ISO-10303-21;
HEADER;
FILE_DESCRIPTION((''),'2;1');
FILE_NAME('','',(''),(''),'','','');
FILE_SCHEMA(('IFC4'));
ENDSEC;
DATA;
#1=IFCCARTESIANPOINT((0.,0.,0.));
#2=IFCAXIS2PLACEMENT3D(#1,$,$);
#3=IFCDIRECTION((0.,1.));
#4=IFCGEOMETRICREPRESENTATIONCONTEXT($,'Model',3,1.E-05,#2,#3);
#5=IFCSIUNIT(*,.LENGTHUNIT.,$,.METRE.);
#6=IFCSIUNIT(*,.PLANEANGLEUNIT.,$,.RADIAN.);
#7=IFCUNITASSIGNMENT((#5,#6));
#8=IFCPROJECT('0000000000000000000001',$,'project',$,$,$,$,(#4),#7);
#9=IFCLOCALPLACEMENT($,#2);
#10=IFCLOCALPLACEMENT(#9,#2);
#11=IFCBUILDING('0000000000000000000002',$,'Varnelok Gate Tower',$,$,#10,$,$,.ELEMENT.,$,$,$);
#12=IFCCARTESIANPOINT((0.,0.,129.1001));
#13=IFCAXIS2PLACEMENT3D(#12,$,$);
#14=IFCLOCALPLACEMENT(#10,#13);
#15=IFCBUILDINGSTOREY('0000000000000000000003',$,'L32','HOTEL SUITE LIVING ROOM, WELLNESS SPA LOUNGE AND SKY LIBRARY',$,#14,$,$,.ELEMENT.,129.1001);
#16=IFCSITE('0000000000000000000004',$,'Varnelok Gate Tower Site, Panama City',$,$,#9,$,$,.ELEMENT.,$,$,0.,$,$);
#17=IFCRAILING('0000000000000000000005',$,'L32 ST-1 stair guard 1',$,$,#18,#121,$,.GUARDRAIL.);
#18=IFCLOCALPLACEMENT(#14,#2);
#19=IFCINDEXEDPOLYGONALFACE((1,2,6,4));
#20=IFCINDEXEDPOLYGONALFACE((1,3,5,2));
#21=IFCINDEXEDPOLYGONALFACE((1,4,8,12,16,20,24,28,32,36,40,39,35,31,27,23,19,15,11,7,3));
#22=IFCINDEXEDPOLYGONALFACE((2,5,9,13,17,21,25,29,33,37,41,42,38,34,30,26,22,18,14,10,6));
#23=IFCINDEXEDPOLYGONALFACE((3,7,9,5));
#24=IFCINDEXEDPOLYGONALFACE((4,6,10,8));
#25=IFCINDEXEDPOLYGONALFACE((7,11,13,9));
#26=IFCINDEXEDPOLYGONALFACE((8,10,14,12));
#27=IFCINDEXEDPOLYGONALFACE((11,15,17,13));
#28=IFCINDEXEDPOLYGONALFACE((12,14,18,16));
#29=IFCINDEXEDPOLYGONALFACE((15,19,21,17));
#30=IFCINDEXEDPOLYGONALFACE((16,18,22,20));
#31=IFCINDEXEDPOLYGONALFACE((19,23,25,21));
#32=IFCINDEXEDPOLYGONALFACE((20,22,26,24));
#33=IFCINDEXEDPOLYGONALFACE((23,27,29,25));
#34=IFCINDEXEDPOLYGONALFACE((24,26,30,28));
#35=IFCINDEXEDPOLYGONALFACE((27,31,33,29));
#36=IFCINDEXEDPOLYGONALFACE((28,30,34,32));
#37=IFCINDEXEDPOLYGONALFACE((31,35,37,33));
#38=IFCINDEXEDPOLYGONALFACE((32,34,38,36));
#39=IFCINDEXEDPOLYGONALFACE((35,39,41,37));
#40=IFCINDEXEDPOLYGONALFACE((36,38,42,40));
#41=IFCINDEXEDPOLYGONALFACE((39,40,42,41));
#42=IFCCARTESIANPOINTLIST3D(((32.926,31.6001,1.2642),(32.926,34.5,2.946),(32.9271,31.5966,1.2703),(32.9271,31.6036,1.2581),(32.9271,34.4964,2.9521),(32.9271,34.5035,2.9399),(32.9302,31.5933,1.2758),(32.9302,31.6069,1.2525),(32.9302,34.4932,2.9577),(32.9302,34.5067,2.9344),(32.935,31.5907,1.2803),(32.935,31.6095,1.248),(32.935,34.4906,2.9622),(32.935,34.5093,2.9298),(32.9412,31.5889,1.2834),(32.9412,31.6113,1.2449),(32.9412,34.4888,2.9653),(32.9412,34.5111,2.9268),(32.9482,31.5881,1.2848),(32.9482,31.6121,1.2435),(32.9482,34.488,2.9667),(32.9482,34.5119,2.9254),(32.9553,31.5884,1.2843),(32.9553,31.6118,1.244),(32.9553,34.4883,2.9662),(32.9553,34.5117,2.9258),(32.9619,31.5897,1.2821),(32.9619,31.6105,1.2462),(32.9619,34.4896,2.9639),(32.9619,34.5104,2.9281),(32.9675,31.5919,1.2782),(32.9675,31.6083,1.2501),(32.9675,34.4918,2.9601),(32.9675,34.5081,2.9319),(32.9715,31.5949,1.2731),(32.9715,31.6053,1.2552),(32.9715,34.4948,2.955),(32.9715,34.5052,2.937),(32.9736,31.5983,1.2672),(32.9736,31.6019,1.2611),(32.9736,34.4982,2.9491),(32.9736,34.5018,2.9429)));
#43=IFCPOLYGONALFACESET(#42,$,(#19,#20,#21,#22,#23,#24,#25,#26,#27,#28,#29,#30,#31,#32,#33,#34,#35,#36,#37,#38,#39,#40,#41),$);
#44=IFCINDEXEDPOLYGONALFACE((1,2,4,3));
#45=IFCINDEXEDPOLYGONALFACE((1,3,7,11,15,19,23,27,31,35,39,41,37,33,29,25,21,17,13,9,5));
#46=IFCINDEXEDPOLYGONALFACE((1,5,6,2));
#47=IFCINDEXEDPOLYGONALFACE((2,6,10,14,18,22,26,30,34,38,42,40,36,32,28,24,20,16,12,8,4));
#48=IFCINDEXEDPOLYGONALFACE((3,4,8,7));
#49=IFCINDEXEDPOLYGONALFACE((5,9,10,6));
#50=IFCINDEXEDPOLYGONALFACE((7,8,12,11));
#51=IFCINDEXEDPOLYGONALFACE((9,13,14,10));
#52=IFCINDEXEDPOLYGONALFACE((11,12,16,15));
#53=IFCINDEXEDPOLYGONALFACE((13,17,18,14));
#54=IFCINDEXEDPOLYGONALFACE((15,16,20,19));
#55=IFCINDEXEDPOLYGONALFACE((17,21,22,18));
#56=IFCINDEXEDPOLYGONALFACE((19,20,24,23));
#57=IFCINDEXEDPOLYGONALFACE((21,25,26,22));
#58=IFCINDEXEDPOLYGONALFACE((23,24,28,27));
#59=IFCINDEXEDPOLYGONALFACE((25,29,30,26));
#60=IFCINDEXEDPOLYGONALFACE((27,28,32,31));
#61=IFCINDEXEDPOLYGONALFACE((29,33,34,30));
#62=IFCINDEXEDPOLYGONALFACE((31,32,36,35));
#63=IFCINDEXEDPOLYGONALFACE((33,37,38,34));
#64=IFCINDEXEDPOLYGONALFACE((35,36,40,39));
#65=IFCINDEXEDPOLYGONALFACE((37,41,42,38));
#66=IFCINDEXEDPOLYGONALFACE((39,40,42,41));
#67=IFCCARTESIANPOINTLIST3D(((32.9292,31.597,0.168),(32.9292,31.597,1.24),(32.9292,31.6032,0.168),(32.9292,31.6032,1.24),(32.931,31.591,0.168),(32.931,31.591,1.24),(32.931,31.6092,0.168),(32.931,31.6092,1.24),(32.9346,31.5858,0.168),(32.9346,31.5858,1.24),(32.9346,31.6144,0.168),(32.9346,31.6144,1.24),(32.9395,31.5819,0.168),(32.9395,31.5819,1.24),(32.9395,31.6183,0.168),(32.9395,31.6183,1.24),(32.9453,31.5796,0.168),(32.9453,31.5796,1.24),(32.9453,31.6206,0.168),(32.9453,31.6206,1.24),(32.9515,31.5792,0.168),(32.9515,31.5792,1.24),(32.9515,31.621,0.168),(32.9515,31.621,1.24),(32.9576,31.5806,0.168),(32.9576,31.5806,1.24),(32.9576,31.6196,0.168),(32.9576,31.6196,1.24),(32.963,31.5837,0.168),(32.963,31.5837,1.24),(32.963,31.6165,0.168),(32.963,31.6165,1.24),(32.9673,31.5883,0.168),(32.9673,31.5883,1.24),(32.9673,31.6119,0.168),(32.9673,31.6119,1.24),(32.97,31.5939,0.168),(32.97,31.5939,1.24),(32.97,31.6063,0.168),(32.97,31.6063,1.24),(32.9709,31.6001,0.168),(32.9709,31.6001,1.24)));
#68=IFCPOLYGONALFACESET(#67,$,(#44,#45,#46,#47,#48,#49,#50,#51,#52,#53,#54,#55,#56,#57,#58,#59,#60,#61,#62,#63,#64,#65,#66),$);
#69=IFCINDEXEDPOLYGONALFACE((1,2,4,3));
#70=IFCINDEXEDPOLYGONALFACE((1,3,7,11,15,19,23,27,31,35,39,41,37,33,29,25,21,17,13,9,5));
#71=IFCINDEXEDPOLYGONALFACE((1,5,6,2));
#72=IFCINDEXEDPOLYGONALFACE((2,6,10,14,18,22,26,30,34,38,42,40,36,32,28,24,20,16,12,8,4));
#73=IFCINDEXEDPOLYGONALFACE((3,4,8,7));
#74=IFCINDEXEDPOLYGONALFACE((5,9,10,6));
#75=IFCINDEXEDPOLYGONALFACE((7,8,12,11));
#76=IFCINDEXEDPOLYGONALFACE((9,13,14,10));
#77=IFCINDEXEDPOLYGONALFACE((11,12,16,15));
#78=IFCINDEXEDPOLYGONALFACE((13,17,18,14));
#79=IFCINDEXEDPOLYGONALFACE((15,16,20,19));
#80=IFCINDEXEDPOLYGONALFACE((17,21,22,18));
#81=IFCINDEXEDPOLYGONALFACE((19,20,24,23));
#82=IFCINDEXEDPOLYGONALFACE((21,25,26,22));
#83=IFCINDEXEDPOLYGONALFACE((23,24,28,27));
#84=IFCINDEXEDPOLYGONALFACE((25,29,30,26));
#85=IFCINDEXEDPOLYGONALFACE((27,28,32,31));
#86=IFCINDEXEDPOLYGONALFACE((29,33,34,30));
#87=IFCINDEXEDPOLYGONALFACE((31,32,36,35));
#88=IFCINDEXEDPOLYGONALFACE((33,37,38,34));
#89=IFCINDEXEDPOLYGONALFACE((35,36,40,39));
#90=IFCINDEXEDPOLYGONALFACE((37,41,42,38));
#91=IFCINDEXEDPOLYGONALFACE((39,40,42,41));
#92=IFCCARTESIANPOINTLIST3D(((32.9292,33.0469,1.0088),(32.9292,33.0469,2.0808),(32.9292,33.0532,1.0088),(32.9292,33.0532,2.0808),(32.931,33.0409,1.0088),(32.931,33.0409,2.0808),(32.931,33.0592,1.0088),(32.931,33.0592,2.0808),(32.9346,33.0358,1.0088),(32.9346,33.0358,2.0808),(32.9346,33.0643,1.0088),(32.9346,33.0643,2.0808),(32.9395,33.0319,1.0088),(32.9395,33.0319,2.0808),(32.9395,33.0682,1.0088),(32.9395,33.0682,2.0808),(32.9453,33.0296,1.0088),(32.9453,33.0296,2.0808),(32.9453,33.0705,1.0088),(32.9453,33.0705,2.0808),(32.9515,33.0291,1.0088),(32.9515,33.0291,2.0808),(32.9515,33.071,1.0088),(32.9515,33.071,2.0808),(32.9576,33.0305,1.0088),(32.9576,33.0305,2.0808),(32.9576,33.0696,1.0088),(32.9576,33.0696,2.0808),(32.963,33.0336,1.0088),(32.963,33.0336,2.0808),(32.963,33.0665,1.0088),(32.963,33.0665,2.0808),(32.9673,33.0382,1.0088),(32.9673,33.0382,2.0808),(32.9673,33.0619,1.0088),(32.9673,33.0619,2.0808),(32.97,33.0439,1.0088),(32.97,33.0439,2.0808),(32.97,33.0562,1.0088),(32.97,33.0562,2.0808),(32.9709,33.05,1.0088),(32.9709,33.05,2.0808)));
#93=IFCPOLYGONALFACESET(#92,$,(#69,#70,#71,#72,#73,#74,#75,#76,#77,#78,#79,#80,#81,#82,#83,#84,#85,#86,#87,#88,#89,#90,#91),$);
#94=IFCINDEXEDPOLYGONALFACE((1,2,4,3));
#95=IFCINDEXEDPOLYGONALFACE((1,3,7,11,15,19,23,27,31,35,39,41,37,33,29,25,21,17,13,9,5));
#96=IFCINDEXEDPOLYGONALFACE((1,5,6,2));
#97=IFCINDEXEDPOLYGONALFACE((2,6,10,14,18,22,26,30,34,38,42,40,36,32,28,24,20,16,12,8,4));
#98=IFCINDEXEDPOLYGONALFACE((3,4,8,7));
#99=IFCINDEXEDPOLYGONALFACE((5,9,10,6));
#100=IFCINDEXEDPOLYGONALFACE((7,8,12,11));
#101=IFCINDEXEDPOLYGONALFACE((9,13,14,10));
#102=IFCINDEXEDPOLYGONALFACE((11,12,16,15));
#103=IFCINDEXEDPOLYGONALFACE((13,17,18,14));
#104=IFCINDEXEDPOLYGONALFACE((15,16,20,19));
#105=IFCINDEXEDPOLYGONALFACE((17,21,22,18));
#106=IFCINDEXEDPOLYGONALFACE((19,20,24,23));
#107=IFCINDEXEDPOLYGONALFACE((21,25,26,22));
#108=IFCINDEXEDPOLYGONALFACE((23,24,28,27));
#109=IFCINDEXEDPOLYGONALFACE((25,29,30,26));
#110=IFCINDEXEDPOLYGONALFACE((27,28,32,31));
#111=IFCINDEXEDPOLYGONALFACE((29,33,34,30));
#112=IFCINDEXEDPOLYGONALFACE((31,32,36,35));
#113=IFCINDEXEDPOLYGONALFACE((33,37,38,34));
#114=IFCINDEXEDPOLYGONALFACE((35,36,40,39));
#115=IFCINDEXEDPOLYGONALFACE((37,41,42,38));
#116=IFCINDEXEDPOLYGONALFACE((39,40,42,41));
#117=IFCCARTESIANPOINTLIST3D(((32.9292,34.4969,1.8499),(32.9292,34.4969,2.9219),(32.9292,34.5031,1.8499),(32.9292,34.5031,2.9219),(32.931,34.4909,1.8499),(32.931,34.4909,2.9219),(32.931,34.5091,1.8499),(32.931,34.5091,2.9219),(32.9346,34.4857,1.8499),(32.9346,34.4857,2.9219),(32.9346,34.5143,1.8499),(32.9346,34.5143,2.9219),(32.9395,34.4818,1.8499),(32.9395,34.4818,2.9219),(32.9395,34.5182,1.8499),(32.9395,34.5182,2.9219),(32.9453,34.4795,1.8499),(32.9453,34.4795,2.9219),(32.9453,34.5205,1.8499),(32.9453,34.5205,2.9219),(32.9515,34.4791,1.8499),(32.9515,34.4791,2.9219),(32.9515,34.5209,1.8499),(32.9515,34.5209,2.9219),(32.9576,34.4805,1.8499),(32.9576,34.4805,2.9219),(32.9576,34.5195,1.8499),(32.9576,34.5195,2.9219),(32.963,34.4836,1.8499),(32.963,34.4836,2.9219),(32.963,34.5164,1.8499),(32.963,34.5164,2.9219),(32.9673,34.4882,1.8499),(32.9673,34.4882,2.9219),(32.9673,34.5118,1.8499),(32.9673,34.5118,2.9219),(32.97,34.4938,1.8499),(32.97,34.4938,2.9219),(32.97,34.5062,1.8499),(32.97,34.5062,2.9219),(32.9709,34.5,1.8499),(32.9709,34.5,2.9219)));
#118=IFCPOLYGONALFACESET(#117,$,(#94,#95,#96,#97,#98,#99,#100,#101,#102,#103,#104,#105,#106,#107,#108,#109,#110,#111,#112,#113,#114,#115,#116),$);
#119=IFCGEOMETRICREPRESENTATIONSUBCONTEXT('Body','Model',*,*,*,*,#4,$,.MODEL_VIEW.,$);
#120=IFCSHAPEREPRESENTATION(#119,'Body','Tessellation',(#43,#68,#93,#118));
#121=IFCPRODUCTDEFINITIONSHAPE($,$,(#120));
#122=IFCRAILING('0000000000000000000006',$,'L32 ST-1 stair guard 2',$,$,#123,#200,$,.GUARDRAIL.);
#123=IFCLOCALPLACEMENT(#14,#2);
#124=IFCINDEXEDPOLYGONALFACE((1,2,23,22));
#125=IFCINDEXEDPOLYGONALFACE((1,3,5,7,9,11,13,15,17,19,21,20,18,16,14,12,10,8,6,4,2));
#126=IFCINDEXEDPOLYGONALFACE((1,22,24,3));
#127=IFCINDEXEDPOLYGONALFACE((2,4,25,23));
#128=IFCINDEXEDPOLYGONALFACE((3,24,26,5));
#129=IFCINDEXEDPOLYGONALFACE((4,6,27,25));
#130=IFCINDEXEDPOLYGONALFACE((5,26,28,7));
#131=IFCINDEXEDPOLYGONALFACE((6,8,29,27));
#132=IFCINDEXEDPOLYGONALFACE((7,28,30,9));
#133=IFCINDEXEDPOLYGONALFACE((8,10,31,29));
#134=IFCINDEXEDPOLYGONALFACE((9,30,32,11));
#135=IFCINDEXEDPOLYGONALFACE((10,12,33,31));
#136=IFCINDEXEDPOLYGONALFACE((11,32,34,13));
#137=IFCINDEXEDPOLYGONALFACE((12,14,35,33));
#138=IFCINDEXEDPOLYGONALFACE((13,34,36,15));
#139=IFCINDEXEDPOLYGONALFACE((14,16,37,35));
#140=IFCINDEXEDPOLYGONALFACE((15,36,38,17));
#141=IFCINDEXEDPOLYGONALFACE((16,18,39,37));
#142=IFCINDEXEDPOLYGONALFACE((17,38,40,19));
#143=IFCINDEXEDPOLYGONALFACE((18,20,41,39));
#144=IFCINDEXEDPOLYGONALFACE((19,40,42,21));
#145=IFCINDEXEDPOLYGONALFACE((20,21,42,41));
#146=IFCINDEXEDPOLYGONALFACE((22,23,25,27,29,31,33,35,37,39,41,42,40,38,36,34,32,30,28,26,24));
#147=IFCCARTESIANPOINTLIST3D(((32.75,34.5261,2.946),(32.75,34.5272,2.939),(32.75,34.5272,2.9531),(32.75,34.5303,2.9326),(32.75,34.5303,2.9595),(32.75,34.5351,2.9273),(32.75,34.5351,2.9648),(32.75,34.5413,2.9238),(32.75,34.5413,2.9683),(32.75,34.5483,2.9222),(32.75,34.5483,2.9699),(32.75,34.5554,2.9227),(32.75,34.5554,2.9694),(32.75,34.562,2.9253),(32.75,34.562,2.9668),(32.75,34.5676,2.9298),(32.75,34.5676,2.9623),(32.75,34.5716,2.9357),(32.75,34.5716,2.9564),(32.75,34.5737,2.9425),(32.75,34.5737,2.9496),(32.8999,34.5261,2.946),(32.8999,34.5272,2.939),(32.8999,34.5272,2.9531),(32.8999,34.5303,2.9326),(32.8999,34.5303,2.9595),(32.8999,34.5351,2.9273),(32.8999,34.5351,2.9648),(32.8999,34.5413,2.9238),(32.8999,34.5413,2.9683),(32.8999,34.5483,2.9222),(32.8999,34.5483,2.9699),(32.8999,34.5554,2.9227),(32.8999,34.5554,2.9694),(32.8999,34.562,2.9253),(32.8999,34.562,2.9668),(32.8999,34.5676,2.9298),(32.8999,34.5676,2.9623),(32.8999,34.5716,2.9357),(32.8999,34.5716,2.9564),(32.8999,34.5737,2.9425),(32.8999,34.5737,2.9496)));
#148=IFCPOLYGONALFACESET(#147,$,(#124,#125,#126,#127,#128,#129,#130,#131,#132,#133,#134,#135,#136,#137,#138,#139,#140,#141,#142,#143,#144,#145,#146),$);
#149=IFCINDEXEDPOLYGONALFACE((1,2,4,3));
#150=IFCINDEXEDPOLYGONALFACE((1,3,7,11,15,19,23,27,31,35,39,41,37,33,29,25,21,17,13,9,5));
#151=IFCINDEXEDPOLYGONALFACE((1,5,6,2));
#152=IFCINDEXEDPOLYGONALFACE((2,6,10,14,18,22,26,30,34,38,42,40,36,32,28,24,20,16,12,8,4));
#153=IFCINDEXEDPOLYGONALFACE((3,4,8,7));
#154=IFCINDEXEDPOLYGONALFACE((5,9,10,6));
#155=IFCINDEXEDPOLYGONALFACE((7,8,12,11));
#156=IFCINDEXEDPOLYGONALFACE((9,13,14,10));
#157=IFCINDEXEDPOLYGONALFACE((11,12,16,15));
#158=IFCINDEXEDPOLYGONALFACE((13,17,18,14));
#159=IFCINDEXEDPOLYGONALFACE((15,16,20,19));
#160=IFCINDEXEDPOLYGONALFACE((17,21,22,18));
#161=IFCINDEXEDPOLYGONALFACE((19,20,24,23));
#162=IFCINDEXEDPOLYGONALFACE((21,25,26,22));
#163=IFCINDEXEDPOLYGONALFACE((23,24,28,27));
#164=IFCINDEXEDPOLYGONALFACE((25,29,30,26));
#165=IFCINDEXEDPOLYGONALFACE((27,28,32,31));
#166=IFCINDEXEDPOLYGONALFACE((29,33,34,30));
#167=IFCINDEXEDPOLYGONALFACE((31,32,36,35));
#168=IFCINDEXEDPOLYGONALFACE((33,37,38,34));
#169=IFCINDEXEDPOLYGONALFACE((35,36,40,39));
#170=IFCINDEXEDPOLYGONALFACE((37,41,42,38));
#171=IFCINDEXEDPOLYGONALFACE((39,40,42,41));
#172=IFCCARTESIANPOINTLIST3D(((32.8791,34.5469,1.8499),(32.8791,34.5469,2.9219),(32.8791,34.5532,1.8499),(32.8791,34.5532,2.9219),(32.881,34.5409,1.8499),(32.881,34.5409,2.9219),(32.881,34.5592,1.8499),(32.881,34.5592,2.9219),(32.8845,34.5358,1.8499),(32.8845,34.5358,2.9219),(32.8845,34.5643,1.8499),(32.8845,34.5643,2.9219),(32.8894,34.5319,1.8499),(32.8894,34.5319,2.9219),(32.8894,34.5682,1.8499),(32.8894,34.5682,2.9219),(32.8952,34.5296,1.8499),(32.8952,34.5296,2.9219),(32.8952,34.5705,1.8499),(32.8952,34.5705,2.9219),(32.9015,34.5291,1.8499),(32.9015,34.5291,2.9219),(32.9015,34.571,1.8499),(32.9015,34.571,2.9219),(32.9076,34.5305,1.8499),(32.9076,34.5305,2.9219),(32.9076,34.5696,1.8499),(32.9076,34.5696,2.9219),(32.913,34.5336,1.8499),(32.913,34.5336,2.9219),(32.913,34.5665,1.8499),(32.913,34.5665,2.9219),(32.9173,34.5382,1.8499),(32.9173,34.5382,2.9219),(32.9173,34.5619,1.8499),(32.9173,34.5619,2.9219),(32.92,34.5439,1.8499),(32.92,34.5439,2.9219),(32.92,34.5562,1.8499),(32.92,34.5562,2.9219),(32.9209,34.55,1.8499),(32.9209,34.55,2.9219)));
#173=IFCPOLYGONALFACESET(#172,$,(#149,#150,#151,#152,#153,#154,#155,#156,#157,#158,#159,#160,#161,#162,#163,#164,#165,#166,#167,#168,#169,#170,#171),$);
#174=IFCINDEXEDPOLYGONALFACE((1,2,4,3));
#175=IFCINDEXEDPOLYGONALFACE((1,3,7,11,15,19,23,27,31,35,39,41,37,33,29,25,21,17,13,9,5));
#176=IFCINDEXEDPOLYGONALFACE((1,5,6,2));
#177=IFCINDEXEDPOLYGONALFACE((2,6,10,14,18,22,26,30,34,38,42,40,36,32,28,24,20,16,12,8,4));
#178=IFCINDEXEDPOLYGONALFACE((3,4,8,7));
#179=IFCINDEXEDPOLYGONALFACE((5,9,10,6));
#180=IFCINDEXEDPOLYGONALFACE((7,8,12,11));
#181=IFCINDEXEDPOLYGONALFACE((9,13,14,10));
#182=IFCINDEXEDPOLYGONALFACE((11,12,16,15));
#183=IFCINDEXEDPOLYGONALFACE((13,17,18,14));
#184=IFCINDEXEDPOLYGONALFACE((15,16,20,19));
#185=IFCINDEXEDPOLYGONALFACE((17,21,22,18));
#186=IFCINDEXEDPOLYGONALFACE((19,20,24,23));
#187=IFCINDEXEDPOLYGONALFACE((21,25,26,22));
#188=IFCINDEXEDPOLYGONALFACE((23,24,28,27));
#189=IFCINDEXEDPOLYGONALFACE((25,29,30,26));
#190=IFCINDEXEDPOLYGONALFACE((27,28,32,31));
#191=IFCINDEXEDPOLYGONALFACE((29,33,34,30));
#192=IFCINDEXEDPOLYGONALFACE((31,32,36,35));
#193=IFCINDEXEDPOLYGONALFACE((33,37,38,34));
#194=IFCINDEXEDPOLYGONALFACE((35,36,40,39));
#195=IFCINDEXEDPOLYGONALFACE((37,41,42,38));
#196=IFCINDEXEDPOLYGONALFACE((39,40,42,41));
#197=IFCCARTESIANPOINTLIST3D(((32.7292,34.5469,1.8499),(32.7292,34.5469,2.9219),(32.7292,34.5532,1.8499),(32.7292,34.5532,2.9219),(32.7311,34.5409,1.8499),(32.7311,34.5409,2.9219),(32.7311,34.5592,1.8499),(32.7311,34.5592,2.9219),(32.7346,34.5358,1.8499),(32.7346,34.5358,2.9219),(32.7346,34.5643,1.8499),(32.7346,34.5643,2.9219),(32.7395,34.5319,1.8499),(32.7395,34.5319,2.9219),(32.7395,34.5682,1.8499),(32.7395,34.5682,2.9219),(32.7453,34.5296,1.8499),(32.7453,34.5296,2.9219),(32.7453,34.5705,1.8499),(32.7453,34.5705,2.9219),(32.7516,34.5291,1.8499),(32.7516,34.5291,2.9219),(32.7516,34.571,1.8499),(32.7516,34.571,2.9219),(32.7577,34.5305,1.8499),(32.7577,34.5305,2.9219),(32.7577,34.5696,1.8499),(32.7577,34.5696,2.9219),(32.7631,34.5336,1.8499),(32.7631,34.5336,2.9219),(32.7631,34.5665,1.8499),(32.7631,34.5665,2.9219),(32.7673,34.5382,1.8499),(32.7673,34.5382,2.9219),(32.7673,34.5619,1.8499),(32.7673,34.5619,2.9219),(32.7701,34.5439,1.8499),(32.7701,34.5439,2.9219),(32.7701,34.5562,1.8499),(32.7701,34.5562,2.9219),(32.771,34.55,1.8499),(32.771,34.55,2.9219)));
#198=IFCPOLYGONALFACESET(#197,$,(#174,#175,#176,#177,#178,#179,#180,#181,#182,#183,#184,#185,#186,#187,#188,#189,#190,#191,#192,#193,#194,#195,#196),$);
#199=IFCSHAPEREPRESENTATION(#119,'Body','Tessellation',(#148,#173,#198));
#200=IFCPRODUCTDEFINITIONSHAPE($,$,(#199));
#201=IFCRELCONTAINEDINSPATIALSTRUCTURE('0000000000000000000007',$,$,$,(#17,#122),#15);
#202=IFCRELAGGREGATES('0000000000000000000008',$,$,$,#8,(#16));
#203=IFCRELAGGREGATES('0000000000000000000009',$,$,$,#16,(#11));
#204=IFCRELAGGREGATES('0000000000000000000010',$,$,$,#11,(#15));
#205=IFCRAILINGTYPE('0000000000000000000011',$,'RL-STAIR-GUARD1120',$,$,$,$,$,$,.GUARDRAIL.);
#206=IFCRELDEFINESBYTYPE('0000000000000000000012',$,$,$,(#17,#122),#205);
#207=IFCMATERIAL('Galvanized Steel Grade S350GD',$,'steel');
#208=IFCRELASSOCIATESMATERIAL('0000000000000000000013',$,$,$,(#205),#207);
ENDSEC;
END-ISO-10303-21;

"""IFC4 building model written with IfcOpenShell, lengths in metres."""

from ifc_helpers import new_model, si_unit, direction, frame, origin, origin_2d, place, context, subcontext, project, spatial, circle, extrude, material, type_object, element, save


model = new_model("IFC4")

# Units and contexts
model_context = context("Model", 3, precision=1e-05, world=origin(), true_north=direction((0.0, 1.0)))
body_context = subcontext(model_context, "Body", "Model", "MODEL_VIEW")
ifc_project = project(units=[si_unit("LENGTHUNIT", "METRE"), si_unit("PLANEANGLEUNIT", "RADIAN")], contexts=[model_context])

# Site, building, storey
site_placement = place(None, origin())
site = spatial("IfcSite", under=ifc_project, at=site_placement, Name="Varnelok Gate Tower Site, Panama City", CompositionType="ELEMENT", RefElevation=0.0)
building_placement = place(site_placement, origin())
building = spatial("IfcBuilding", under=site, at=building_placement, Name="Varnelok Gate Tower", CompositionType="ELEMENT")
storey_placement = place(building_placement, frame((0.0, 0.0, 129.1001)))
storey = spatial("IfcBuildingStorey", under=building, at=storey_placement, Name="L32", Description="HOTEL SUITE LIVING ROOM, WELLNESS SPA LOUNGE AND SKY LIBRARY", CompositionType="ELEMENT", Elevation=129.1001)

# Shared definitions
ifc_material_1 = material(Name="Galvanized Steel Grade S350GD", Category="steel")

# Railings
railing_type_1 = type_object("IfcRailingType", Name="RL-STAIR-GUARD1120", PredefinedType="GUARDRAIL", material=ifc_material_1)
railing_1_placement = place(storey_placement, frame((32.95, 31.6001, 0.168)))
element("IfcRailing", 1, at=railing_1_placement, inside=storey, type_object=railing_type_1, Name="L32 ST-1 stair guard 1", PredefinedType="GUARDRAIL", context=body_context, shape_type="SweptSolid", body=[
    extrude(circle(Radius=0.0239, at=origin_2d()), frame((0.0, 0.0, 1.0962), z_axis=(0.0, 0.865039, 0.501705), x_axis=(-1.0, 0.0, 0.0)), (0.0, 0.0, 1.0), 3.3523),
    extrude(circle(Radius=0.021, at=origin_2d()), origin(), (0.0, 0.0, 1.0), 1.072),
    extrude(circle(Radius=0.021, at=origin_2d()), frame((0.0, 1.45, 0.8408)), (0.0, 0.0, 1.0), 1.072),
    extrude(circle(Radius=0.021, at=origin_2d()), frame((0.0, 2.8999, 1.6819)), (0.0, 0.0, 1.0), 1.072),
])
railing_2_placement = place(storey_placement, frame((32.8999, 34.55, 1.8499)))
element("IfcRailing", 2, at=railing_2_placement, inside=storey, type_object=railing_type_1, Name="L32 ST-1 stair guard 2", PredefinedType="GUARDRAIL", context=body_context, shape_type="SweptSolid", body=[
    extrude(circle(Radius=0.0239, at=origin_2d()), frame((0.0, 0.0, 1.0962), z_axis=(-1.0, 0.0, 0.0), x_axis=(0.0, -1.0, 0.0)), (0.0, 0.0, 1.0), 0.1499),
    extrude(circle(Radius=0.021, at=origin_2d()), origin(), (0.0, 0.0, 1.0), 1.072),
    extrude(circle(Radius=0.021, at=origin_2d()), frame((-0.1499, 0.0, 0.0)), (0.0, 0.0, 1.0), 1.072),
])

save(model, "model.ifc")
